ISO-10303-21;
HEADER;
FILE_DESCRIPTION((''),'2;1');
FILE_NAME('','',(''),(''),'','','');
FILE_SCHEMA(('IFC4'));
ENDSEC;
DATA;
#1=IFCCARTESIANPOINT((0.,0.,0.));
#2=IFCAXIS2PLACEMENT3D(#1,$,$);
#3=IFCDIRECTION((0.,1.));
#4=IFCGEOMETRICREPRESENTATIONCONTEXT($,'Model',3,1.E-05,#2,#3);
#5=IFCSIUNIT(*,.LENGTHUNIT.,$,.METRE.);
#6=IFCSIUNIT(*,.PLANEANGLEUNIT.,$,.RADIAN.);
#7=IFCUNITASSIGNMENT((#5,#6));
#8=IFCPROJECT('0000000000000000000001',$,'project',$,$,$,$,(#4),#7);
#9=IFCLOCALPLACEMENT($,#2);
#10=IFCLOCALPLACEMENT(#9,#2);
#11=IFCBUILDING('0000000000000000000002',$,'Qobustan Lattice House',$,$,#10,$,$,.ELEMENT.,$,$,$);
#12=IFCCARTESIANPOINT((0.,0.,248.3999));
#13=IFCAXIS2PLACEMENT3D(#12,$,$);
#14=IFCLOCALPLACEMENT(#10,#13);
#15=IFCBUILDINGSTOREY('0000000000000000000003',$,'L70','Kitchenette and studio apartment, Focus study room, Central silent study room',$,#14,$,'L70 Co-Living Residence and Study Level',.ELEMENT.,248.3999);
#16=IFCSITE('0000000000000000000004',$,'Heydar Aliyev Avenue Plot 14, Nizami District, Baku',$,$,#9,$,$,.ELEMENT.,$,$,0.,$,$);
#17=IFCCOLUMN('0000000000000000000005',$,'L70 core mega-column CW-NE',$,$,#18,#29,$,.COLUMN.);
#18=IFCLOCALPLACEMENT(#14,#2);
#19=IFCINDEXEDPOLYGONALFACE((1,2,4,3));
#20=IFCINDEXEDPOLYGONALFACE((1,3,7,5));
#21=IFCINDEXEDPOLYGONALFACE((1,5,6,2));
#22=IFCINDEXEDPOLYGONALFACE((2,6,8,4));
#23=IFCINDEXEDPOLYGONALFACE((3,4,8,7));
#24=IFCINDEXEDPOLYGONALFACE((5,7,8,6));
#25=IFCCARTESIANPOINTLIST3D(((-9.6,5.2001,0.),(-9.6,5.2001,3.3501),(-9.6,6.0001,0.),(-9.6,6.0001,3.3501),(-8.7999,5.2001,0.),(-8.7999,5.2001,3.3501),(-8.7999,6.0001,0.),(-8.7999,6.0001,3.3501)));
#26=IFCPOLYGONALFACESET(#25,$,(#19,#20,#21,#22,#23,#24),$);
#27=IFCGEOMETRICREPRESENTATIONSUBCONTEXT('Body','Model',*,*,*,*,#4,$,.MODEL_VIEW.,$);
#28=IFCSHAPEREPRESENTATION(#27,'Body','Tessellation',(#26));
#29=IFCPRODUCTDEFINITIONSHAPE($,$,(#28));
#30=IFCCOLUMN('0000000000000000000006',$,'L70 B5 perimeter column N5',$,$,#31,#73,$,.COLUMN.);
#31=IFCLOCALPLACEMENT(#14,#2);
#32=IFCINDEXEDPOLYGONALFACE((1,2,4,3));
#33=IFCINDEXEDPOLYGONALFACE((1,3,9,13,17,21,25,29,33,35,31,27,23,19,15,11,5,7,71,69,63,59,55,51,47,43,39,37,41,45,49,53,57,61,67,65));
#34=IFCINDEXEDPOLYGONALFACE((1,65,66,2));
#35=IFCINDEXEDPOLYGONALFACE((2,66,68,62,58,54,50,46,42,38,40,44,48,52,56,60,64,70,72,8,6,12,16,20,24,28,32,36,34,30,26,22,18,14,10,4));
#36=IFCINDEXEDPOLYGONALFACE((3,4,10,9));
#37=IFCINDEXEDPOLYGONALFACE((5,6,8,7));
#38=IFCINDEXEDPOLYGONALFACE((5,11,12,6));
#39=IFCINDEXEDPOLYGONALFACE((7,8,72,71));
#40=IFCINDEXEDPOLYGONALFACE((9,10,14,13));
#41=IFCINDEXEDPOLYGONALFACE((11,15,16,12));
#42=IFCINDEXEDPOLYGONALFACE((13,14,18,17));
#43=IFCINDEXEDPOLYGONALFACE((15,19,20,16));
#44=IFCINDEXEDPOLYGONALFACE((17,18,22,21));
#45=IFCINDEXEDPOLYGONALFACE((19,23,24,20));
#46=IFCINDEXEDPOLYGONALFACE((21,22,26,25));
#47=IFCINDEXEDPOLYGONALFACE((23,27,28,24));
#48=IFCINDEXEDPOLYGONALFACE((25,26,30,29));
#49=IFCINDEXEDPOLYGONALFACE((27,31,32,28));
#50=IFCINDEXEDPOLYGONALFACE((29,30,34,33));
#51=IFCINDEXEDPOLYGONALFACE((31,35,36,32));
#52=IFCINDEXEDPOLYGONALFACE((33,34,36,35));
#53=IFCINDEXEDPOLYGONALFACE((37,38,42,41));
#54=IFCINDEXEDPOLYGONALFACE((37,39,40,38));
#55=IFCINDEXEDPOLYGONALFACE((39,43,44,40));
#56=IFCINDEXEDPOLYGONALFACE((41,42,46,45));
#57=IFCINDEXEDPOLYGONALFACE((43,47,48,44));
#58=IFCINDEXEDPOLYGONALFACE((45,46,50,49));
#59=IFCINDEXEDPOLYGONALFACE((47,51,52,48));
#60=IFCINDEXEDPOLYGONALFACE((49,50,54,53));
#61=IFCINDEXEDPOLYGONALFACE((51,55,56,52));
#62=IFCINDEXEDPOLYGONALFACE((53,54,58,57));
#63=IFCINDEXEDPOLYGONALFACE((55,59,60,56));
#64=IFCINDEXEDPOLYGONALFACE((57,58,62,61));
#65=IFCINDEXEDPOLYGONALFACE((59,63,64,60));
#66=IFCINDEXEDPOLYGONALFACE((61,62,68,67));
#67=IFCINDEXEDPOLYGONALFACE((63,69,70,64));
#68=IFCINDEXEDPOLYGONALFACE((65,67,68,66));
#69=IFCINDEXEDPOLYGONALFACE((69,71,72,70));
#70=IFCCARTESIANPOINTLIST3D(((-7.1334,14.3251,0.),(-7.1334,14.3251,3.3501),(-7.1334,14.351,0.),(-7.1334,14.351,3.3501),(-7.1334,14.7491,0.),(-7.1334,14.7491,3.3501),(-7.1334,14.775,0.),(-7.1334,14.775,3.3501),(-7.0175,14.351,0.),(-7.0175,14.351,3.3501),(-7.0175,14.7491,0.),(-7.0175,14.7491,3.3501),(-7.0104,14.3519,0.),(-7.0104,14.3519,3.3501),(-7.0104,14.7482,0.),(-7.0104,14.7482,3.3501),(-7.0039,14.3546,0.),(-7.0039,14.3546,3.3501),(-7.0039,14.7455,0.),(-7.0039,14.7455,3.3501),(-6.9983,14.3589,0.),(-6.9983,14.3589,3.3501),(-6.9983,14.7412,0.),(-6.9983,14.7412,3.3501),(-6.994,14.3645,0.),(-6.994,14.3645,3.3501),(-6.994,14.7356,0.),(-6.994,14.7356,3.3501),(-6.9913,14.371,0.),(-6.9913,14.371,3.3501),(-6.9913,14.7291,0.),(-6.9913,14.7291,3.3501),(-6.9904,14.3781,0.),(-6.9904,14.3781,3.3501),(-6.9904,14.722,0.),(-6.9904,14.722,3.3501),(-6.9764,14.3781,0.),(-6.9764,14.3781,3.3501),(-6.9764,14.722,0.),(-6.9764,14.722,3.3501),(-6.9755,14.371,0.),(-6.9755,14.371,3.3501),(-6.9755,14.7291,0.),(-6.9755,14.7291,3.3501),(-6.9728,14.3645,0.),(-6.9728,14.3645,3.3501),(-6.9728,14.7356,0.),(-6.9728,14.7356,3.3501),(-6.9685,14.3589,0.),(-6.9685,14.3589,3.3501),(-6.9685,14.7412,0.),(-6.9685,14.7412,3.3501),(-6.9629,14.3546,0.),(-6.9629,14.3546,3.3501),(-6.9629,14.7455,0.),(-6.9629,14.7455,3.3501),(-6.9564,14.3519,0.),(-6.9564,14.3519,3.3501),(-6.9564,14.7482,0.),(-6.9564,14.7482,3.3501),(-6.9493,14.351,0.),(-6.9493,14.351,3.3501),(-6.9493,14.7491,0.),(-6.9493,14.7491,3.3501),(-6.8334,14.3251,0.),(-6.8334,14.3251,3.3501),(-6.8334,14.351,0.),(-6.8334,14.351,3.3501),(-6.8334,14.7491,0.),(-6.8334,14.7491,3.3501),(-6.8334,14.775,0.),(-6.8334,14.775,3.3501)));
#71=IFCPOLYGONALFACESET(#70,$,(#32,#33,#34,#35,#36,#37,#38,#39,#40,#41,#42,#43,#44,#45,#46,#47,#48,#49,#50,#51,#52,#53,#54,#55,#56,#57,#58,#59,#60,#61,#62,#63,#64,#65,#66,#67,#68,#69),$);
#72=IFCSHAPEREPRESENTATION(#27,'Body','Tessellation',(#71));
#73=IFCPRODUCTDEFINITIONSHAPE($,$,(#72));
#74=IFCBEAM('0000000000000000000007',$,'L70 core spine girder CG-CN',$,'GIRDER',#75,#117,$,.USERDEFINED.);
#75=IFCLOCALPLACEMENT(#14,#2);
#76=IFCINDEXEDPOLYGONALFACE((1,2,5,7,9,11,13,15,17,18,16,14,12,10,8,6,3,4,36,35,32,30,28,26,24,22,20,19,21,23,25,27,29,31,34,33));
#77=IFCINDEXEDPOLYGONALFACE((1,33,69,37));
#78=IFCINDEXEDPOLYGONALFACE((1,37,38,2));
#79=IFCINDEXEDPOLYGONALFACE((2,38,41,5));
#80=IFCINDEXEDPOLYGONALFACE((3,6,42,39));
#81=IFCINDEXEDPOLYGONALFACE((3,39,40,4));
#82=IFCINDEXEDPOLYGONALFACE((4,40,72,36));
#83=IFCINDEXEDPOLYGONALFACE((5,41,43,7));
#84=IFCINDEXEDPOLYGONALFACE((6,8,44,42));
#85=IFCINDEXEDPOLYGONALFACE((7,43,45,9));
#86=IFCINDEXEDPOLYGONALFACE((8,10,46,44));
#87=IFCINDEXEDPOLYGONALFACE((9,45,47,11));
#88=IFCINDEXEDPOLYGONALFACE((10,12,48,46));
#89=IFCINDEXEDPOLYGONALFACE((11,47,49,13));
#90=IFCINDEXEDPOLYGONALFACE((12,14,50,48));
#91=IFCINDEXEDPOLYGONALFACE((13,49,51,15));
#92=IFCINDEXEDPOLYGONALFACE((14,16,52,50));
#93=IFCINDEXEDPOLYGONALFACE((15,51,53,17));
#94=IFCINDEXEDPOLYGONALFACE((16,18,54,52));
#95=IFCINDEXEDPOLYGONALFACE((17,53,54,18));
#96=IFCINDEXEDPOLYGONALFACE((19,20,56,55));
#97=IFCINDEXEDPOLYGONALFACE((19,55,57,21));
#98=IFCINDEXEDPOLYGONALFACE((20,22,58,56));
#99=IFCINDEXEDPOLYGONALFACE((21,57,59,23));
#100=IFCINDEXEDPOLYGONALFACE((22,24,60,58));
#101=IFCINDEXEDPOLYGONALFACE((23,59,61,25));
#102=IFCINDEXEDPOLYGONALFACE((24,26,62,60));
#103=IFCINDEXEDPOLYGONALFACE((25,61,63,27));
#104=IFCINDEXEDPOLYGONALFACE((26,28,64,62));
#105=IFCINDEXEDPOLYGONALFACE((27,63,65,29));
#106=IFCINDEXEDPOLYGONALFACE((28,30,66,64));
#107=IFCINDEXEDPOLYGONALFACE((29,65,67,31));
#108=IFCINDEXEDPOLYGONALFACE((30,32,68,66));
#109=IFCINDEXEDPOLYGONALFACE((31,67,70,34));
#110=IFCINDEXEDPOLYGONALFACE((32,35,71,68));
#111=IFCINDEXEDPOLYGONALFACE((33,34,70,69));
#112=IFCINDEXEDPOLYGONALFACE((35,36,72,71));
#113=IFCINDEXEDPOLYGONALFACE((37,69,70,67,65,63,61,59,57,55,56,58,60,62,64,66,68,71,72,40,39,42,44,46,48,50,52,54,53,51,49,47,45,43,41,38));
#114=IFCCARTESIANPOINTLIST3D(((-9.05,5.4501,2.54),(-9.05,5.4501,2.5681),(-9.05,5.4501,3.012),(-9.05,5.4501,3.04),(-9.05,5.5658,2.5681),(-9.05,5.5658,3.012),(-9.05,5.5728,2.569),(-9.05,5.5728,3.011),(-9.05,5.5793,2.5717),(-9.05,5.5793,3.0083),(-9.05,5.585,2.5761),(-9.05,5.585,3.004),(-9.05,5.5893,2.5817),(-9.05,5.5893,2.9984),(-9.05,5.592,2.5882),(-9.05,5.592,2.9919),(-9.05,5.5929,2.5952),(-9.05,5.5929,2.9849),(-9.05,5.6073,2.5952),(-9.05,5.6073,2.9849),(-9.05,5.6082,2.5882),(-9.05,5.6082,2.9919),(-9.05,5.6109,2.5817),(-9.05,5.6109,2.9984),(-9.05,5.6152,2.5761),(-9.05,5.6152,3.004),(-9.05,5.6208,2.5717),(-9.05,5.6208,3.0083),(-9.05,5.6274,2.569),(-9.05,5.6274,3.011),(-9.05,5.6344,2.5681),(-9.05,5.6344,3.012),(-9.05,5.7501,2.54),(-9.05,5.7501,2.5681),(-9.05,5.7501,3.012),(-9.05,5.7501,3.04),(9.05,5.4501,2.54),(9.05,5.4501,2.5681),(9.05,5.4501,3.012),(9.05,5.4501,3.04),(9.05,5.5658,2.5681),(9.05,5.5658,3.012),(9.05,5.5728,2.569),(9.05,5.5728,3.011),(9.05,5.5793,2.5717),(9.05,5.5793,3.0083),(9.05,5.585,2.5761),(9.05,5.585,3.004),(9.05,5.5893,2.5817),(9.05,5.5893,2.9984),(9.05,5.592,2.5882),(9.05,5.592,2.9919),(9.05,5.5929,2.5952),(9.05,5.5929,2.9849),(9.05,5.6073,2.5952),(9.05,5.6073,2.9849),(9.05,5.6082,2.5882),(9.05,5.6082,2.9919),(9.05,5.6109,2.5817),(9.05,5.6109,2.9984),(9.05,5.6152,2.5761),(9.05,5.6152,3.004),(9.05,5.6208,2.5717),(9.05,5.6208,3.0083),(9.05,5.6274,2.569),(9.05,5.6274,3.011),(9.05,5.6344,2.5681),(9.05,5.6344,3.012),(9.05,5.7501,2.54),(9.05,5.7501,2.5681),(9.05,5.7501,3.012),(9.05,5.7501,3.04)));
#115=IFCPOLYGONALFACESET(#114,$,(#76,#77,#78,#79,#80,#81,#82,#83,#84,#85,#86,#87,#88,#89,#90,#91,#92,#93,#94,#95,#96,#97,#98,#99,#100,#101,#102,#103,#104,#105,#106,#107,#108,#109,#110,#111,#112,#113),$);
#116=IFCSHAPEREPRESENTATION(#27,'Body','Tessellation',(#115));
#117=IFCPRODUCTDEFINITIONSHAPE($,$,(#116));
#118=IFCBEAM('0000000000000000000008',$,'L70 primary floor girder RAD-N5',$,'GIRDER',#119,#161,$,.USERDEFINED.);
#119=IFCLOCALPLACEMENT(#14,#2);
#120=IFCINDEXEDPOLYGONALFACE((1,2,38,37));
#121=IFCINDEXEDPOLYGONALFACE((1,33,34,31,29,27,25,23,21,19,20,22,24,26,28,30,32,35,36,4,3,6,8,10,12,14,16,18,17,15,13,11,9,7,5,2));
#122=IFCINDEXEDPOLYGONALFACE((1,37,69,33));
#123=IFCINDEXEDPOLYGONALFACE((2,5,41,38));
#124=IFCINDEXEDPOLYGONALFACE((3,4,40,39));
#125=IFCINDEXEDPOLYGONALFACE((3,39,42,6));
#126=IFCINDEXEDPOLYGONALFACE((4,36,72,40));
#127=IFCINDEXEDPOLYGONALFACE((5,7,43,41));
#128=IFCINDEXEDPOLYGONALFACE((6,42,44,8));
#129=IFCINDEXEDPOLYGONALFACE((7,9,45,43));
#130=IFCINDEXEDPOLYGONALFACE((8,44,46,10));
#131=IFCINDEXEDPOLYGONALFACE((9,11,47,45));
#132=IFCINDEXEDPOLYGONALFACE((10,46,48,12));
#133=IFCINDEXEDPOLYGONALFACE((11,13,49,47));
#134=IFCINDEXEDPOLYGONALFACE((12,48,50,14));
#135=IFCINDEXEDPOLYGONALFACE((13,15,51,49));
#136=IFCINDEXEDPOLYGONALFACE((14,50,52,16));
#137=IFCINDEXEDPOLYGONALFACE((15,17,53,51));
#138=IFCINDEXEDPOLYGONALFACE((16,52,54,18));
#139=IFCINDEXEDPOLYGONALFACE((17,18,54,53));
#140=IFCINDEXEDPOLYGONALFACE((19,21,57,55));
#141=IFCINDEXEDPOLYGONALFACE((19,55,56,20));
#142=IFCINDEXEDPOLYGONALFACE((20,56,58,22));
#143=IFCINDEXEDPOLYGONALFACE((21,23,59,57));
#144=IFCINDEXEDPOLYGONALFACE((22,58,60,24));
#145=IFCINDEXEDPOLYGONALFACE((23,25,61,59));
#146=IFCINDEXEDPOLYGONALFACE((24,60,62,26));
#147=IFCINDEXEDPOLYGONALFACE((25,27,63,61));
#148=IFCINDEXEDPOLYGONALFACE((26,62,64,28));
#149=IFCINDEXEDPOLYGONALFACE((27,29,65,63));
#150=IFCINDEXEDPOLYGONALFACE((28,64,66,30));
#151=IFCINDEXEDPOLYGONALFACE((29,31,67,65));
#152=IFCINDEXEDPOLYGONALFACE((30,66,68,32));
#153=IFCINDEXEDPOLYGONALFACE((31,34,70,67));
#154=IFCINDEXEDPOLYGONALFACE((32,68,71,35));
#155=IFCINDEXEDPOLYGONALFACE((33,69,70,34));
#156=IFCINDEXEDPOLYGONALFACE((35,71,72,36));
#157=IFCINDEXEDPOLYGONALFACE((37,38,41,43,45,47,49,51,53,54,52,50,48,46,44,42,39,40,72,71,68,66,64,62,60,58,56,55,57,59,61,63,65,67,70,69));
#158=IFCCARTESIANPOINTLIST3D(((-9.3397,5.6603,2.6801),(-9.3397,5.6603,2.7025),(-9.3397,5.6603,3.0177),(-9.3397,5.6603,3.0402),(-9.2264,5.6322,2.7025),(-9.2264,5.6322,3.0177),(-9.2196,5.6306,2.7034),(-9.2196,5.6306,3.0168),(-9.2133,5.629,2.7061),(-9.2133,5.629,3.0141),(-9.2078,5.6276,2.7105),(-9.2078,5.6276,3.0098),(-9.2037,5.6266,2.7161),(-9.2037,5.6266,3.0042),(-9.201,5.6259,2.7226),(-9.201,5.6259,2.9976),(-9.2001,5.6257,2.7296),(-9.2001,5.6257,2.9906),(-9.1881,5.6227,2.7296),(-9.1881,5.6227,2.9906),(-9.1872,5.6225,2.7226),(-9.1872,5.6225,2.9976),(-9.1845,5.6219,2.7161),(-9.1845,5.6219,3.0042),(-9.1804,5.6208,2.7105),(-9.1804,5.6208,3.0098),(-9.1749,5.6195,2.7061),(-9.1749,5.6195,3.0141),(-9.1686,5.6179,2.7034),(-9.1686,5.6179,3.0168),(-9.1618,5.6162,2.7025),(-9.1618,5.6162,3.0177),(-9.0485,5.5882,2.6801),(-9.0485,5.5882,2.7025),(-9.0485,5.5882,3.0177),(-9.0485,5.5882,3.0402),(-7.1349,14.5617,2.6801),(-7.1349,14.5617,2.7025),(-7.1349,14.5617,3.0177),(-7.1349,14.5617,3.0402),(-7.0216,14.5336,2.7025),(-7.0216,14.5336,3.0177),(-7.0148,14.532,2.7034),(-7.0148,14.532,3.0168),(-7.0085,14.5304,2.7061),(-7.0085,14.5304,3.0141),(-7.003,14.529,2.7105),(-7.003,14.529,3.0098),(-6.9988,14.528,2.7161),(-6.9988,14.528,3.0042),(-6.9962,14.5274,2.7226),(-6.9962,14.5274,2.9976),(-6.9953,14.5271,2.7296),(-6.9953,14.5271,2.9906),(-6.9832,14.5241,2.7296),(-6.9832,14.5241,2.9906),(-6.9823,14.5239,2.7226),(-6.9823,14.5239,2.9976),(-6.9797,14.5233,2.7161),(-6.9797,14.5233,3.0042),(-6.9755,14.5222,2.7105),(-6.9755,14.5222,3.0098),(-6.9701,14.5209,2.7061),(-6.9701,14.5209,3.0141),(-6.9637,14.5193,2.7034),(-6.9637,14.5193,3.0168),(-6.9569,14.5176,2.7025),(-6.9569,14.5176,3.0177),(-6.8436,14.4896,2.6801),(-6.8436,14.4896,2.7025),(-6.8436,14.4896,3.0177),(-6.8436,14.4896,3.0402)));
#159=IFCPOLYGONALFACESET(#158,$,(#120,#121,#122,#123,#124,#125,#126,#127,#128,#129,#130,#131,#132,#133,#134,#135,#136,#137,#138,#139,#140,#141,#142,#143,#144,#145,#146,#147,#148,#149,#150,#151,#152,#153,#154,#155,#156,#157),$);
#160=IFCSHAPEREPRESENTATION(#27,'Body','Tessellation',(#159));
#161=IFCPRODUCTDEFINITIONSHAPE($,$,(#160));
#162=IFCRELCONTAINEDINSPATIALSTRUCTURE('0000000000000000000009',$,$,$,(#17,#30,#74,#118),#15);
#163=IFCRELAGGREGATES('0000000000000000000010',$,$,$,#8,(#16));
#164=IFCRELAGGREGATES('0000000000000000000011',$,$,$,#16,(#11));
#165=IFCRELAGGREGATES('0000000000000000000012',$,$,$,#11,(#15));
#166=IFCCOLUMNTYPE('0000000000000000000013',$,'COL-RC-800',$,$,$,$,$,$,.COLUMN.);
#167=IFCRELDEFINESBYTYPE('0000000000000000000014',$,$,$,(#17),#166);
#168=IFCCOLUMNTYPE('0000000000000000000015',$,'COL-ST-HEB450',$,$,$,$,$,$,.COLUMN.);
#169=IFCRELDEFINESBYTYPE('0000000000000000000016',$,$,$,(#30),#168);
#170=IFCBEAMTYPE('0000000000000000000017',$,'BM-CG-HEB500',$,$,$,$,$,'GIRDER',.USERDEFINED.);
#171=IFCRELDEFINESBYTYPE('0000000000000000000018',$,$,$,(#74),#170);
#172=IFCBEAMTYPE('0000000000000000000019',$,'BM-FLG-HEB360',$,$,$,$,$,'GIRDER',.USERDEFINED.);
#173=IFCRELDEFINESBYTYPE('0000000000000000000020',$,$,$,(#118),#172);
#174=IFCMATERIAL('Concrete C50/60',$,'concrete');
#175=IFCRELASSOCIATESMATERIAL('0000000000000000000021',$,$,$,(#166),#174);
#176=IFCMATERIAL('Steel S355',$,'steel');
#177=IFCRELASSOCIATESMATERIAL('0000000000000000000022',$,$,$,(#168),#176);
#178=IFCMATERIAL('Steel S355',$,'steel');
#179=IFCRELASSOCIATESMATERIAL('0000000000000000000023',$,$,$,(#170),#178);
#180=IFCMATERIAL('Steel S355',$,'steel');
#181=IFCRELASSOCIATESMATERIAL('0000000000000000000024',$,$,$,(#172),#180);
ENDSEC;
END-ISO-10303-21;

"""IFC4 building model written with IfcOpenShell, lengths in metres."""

from ifc_helpers import new_model, si_unit, direction, frame, origin, origin_2d, place, context, subcontext, project, spatial, rectangle, i_section, extrude, material, material_profile, profile_set, type_object, element, save


model = new_model("IFC4")

# Units and contexts
model_context = context("Model", 3, precision=1e-05, world=origin(), true_north=direction((0.0, 1.0)))
body_context = subcontext(model_context, "Body", "Model", "MODEL_VIEW")
ifc_project = project(units=[si_unit("LENGTHUNIT", "METRE"), si_unit("PLANEANGLEUNIT", "RADIAN")], contexts=[model_context])

# Site, building, storey
site_placement = place(None, origin())
site = spatial("IfcSite", under=ifc_project, at=site_placement, Name="Heydar Aliyev Avenue Plot 14, Nizami District, Baku", CompositionType="ELEMENT", RefElevation=0.0)
building_placement = place(site_placement, origin())
building = spatial("IfcBuilding", under=site, at=building_placement, Name="Qobustan Lattice House", CompositionType="ELEMENT")
storey_placement = place(building_placement, frame((0.0, 0.0, 248.3999)))
storey = spatial("IfcBuildingStorey", under=building, at=storey_placement, Name="L70", Description="Kitchenette and studio apartment, Focus study room, Central silent study room", LongName="L70 Co-Living Residence and Study Level", CompositionType="ELEMENT", Elevation=248.3999)

# Columns
ifc_material_1 = material(Name="Concrete C50/60", Category="concrete")
ifc_material_profile_1 = material_profile(ifc_material_1, rectangle(XDim=0.8, YDim=0.8, at=origin_2d()), Name="RC800x800")
ifc_profile_set_1 = profile_set([ifc_material_profile_1], Name="Concrete C50/60")
column_type_1 = type_object("IfcColumnType", Name="COL-RC-800", PredefinedType="COLUMN", material=ifc_profile_set_1)
column_1_placement = place(storey_placement, frame((-9.2, 5.6001, 0.0), z_axis=(0.0, 0.0, 1.0), x_axis=(1.0, 0.0, 0.0)))
element("IfcColumn", 1, at=column_1_placement, inside=storey, type_object=column_type_1, Name="L70 core mega-column CW-NE", PredefinedType="COLUMN", context=body_context, shape_type="SweptSolid", body=[
    extrude(rectangle(XDim=0.8, YDim=0.8, at=origin_2d()), origin(), (0.0, 0.0, 1.0), 3.3501),
])
ifc_material_2 = material(Name="Steel S355", Category="steel")
ifc_material_profile_2 = material_profile(ifc_material_2, i_section(OverallWidth=0.3, OverallDepth=0.45, WebThickness=0.0139, FlangeThickness=0.0259, FilletRadius=0.0271, at=origin_2d()), Name="HEB450")
ifc_profile_set_2 = profile_set([ifc_material_profile_2], Name="Steel S355")
column_type_2 = type_object("IfcColumnType", Name="COL-ST-HEB450", PredefinedType="COLUMN", material=ifc_profile_set_2)
column_2_placement = place(storey_placement, frame((-6.9834, 14.55, 0.0), z_axis=(0.0, 0.0, 1.0), x_axis=(1.0, 0.0, 0.0)))
element("IfcColumn", 2, at=column_2_placement, inside=storey, type_object=column_type_2, Name="L70 B5 perimeter column N5", PredefinedType="COLUMN", context=body_context, shape_type="SweptSolid", body=[
    extrude(i_section(OverallWidth=0.3, OverallDepth=0.45, WebThickness=0.0139, FlangeThickness=0.0259, FilletRadius=0.0271, at=origin_2d()), origin(), (0.0, 0.0, 1.0), 3.3501),
])

# Beams
ifc_material_3 = material(Name="Steel S355", Category="steel")
ifc_material_profile_3 = material_profile(ifc_material_3, i_section(OverallWidth=0.3, OverallDepth=0.5, WebThickness=0.0144, FlangeThickness=0.0281, FilletRadius=0.0271, at=origin_2d()), Name="HEB500")
ifc_profile_set_3 = profile_set([ifc_material_profile_3], Name="Steel S355")
beam_type_1 = type_object("IfcBeamType", Name="BM-CG-HEB500", ElementType="GIRDER", PredefinedType="USERDEFINED", material=ifc_profile_set_3)
beam_1_placement = place(storey_placement, frame((-9.05, 5.6001, 2.79), z_axis=(1.0, 0.0, 0.0), x_axis=(0.0, 1.0, 0.0)))
element("IfcBeam", 3, at=beam_1_placement, inside=storey, type_object=beam_type_1, Name="L70 core spine girder CG-CN", ObjectType="GIRDER", PredefinedType="USERDEFINED", context=body_context, shape_type="SweptSolid", body=[
    extrude(i_section(OverallWidth=0.3, OverallDepth=0.5, WebThickness=0.0144, FlangeThickness=0.0281, FilletRadius=0.0271, at=origin_2d()), origin(), (0.0, 0.0, 1.0), 18.1001),
])
ifc_material_4 = material(Name="Steel S355", Category="steel")
ifc_material_profile_4 = material_profile(ifc_material_4, i_section(OverallWidth=0.3, OverallDepth=0.3601, WebThickness=0.0125, FlangeThickness=0.0225, FilletRadius=0.0271, at=origin_2d()), Name="HEB360")
ifc_profile_set_4 = profile_set([ifc_material_profile_4], Name="Steel S355")
beam_type_2 = type_object("IfcBeamType", Name="BM-FLG-HEB360", ElementType="GIRDER", PredefinedType="USERDEFINED", material=ifc_profile_set_4)
beam_2_placement = place(storey_placement, frame((-6.9893, 14.5256, 2.8601), z_axis=(-0.24043, -0.970666, 0.0), x_axis=(0.970666, -0.24043, 0.0)))
element("IfcBeam", 4, at=beam_2_placement, inside=storey, type_object=beam_type_2, Name="L70 primary floor girder RAD-N5", ObjectType="GIRDER", PredefinedType="USERDEFINED", context=body_context, shape_type="SweptSolid", body=[
    extrude(i_section(OverallWidth=0.3, OverallDepth=0.3601, WebThickness=0.0125, FlangeThickness=0.0225, FilletRadius=0.0271, at=origin_2d()), origin(), (0.0, 0.0, 1.0), 9.1704),
])

save(model, "model.ifc")
